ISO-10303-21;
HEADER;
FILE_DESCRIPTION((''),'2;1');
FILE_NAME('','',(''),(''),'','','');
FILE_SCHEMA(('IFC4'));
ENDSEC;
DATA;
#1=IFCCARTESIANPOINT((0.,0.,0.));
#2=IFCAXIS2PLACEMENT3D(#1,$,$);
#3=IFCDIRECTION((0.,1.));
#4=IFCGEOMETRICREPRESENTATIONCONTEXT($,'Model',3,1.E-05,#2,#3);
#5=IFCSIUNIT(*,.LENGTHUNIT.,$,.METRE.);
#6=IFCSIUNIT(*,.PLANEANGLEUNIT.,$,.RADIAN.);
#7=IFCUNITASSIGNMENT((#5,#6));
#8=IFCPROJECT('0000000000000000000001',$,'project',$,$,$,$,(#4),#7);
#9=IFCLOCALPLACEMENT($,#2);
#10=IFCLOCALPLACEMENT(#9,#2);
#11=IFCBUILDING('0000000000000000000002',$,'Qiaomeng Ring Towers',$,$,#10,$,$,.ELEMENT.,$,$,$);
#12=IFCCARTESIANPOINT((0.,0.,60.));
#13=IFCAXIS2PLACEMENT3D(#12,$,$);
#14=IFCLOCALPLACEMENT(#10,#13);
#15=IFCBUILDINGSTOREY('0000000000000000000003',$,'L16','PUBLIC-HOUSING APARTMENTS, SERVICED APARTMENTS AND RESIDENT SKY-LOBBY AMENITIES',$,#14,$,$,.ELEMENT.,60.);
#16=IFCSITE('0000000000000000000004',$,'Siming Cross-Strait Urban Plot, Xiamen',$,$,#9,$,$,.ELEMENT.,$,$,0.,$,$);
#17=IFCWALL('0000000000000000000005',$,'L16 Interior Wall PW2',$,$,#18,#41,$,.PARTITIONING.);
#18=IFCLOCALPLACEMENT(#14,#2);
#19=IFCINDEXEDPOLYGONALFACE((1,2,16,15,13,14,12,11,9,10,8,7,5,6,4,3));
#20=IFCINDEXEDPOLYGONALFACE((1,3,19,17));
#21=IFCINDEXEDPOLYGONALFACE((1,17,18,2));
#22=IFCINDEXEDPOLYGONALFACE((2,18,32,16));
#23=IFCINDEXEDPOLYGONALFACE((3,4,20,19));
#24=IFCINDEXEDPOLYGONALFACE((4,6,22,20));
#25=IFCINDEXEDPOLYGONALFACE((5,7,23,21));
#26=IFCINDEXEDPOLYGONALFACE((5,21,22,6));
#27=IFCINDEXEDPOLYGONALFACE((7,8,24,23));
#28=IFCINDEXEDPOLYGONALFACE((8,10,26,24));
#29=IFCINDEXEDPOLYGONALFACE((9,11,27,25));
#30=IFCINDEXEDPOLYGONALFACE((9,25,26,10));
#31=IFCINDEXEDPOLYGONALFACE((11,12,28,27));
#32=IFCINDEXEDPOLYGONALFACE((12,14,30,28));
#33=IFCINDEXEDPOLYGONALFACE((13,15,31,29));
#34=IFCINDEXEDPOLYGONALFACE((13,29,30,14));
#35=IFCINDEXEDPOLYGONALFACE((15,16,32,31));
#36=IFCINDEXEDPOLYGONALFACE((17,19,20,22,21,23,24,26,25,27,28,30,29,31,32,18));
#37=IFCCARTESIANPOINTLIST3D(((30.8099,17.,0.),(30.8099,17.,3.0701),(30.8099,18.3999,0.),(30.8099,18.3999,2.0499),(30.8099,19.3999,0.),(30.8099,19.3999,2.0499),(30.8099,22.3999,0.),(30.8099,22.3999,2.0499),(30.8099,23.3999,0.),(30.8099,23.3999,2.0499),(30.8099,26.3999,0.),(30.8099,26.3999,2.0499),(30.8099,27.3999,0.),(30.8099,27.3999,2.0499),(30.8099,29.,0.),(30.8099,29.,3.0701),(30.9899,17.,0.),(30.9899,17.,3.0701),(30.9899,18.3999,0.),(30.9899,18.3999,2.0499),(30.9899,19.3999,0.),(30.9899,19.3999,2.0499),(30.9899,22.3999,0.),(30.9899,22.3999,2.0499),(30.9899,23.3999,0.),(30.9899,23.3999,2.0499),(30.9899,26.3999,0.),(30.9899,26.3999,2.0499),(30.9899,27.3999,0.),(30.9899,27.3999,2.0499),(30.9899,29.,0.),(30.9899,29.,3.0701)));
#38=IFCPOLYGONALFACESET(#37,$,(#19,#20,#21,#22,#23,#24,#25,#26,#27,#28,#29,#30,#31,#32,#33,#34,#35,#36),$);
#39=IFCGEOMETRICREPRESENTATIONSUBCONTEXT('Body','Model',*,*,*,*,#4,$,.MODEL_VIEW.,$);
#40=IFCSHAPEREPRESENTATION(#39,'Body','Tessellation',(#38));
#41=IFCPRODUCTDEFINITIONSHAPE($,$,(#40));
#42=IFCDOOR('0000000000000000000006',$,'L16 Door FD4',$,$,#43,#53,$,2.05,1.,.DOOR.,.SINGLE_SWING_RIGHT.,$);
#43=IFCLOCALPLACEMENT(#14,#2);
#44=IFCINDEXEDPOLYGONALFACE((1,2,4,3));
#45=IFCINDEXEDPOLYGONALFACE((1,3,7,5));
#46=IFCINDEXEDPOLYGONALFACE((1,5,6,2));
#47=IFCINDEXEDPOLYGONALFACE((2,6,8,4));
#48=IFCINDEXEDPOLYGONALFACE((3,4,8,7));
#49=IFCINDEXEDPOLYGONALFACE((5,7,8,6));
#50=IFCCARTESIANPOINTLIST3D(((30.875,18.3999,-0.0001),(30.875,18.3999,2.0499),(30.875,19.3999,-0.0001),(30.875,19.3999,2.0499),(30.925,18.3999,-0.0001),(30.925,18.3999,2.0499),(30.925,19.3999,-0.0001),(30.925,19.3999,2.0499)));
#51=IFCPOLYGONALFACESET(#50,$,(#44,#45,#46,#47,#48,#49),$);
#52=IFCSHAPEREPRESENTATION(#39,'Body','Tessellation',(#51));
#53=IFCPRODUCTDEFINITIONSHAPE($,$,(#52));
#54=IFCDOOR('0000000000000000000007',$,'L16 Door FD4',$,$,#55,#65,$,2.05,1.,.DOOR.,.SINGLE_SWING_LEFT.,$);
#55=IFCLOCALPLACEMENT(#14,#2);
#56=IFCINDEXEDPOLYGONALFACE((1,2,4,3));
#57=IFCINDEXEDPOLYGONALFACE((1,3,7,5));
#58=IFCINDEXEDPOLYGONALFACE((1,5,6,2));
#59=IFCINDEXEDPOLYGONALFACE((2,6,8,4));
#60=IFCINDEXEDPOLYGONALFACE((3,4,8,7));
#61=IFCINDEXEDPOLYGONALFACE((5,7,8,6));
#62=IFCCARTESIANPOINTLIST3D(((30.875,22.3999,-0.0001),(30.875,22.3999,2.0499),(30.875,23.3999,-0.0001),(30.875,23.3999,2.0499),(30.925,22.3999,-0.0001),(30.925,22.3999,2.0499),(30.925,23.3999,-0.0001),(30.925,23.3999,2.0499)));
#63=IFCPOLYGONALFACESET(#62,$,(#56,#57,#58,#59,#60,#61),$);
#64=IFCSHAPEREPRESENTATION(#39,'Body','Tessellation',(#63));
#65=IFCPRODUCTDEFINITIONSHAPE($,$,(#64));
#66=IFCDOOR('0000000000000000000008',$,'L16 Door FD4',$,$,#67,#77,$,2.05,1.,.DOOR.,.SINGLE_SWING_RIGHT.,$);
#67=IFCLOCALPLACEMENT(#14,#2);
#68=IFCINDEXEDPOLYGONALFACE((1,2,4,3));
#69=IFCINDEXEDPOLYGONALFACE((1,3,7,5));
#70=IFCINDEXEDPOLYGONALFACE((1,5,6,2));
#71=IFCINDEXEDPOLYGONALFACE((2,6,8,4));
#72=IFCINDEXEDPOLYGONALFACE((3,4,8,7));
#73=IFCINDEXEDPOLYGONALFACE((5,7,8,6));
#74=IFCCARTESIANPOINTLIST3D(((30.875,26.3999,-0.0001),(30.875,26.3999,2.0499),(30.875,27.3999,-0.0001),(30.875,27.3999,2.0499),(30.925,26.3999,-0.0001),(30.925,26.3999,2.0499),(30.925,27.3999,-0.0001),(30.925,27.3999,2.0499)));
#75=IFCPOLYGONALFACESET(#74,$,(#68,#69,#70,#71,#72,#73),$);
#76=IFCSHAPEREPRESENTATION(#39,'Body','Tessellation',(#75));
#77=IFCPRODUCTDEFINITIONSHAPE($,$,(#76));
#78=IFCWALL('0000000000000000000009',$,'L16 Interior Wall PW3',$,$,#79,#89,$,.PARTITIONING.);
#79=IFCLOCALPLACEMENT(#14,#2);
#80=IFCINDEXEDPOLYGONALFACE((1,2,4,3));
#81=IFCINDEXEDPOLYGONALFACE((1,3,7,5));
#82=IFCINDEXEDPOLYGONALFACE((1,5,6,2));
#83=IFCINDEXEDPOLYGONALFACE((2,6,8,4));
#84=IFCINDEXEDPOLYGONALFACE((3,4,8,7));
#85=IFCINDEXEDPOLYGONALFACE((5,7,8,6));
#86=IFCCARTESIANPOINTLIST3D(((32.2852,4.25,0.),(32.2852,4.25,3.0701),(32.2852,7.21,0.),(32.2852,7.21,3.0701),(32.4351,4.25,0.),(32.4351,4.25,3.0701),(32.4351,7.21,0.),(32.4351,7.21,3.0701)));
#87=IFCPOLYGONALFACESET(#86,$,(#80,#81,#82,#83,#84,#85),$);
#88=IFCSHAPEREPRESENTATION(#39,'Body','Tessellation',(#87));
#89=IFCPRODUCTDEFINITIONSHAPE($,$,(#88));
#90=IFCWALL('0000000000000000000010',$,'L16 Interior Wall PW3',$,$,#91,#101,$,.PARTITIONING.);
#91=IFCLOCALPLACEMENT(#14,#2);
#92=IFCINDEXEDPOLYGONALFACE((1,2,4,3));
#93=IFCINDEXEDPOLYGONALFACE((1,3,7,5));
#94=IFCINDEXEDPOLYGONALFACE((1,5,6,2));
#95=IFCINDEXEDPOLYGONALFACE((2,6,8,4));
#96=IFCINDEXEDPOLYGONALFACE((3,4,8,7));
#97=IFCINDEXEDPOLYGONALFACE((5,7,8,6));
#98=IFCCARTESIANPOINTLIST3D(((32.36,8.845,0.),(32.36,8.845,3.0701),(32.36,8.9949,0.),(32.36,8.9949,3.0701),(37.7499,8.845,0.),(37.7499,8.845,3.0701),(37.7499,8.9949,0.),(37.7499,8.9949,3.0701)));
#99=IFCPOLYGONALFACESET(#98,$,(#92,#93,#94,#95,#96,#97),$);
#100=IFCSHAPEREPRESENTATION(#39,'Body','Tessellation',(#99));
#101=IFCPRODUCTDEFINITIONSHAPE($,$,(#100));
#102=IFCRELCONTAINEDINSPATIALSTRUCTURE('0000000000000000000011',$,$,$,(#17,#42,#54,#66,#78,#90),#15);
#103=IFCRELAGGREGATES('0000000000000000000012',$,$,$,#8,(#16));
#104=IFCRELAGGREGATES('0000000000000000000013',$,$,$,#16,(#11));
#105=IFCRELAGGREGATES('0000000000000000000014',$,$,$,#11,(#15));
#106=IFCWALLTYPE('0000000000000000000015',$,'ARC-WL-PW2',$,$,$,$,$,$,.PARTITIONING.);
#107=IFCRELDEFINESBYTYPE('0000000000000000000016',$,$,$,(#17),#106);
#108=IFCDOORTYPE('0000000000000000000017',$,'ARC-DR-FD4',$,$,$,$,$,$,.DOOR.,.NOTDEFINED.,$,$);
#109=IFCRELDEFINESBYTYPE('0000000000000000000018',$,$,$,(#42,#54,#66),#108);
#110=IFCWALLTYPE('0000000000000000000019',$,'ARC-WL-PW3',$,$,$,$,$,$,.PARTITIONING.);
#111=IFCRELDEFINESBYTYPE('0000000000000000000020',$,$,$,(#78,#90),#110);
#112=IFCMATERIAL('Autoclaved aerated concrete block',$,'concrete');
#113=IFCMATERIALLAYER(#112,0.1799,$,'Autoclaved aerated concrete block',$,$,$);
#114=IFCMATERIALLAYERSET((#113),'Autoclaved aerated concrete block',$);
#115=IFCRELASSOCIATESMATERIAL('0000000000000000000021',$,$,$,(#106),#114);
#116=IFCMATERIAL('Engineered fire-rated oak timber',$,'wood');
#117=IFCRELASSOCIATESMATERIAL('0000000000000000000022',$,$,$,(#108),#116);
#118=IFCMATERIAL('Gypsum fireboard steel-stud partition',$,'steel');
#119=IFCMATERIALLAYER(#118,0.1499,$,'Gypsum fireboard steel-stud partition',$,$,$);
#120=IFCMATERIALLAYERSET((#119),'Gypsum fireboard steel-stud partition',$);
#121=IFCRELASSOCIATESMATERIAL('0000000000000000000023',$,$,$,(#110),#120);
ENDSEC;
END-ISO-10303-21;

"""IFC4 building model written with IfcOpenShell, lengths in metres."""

from ifc_helpers import new_model, si_unit, direction, frame, frame_2d, origin, place, context, subcontext, project, spatial, rectangle, extrude, source, transform, mapped, material, layer, layer_set, type_object, element, fill, save


model = new_model("IFC4")

# Units and contexts
model_context = context("Model", 3, precision=1e-05, world=origin(), true_north=direction((0.0, 1.0)))
body_context = subcontext(model_context, "Body", "Model", "MODEL_VIEW")
ifc_project = project(units=[si_unit("LENGTHUNIT", "METRE"), si_unit("PLANEANGLEUNIT", "RADIAN")], contexts=[model_context])

# Site, building, storey
site_placement = place(None, origin())
site = spatial("IfcSite", under=ifc_project, at=site_placement, Name="Siming Cross-Strait Urban Plot, Xiamen", CompositionType="ELEMENT", RefElevation=0.0)
building_placement = place(site_placement, origin())
building = spatial("IfcBuilding", under=site, at=building_placement, Name="Qiaomeng Ring Towers", CompositionType="ELEMENT")
storey_placement = place(building_placement, frame((0.0, 0.0, 60.0)))
storey = spatial("IfcBuildingStorey", under=building, at=storey_placement, Name="L16", Description="PUBLIC-HOUSING APARTMENTS, SERVICED APARTMENTS AND RESIDENT SKY-LOBBY AMENITIES", CompositionType="ELEMENT", Elevation=60.0)

# Wall, openings, doors
ifc_material_1 = material(Name="Autoclaved aerated concrete block", Category="concrete")
ifc_layer_1 = layer(ifc_material_1, 0.1799, Name="Autoclaved aerated concrete block")
ifc_layer_set_1 = layer_set([ifc_layer_1], Name="Autoclaved aerated concrete block")
wall_type_1 = type_object("IfcWallType", Name="ARC-WL-PW2", PredefinedType="PARTITIONING", material=ifc_layer_set_1)
ifc_material_2 = material(Name="Engineered fire-rated oak timber", Category="wood")
door_type_1 = type_object("IfcDoorType", Name="ARC-DR-FD4", OperationType="NOTDEFINED", PredefinedType="DOOR", material=ifc_material_2)
shared_shape_1 = source(origin(), body_context, "Body", "SweptSolid", [
    extrude(rectangle(XDim=1.0, YDim=2.05, at=frame_2d((0.5, 1.0249))), frame((0.0, 0.0249, 0.0), z_axis=(0.0, -1.0, 0.0), x_axis=(1.0, 0.0, 0.0)), (0.0, 0.0, 1.0), 0.05),
])
wall_1_placement = place(storey_placement, frame((30.8999, 17.0, 0.0), z_axis=(0.0, 0.0, 1.0), x_axis=(0.0, 1.0, 0.0)))
wall_1 = element("IfcWall", 1, at=wall_1_placement, inside=storey, type_object=wall_type_1, Name="L16 Interior Wall PW2", PredefinedType="PARTITIONING", context=body_context, shape_type="SweptSolid", body=[
    extrude(rectangle(XDim=12.0, YDim=0.1799, at=frame_2d((6.0, 0.0))), origin(), (0.0, 0.0, 1.0), 3.0701),
])
opening_1_placement = place(wall_1_placement, frame((1.3999, 0.0, 0.0)))
opening_1 = element("IfcOpeningElement", 2, at=opening_1_placement, cuts=wall_1, PredefinedType="OPENING", context=body_context, shape_type="SweptSolid", body=[
    extrude(rectangle(XDim=1.0, YDim=2.05, at=frame_2d((0.5, 1.0249))), frame((0.0, 0.0999, 0.0), z_axis=(0.0, -1.0, 0.0), x_axis=(1.0, 0.0, 0.0)), (0.0, 0.0, 1.0), 0.2),
])
opening_2_placement = place(wall_1_placement, frame((5.3999, 0.0, 0.0)))
opening_2 = element("IfcOpeningElement", 3, at=opening_2_placement, cuts=wall_1, PredefinedType="OPENING", context=body_context, shape_type="SweptSolid", body=[
    extrude(rectangle(XDim=1.0, YDim=2.05, at=frame_2d((0.5, 1.0249))), frame((0.0, 0.0999, 0.0), z_axis=(0.0, -1.0, 0.0), x_axis=(1.0, 0.0, 0.0)), (0.0, 0.0, 1.0), 0.2),
])
opening_3_placement = place(wall_1_placement, frame((9.3999, 0.0, 0.0)))
opening_3 = element("IfcOpeningElement", 4, at=opening_3_placement, cuts=wall_1, PredefinedType="OPENING", context=body_context, shape_type="SweptSolid", body=[
    extrude(rectangle(XDim=1.0, YDim=2.05, at=frame_2d((0.5, 1.0249))), frame((0.0, 0.0999, 0.0), z_axis=(0.0, -1.0, 0.0), x_axis=(1.0, 0.0, 0.0)), (0.0, 0.0, 1.0), 0.2),
])
door_1_placement = place(opening_1_placement, origin())
door_1 = element("IfcDoor", 5, at=door_1_placement, inside=storey, type_object=door_type_1, Name="L16 Door FD4", OperationType="SINGLE_SWING_RIGHT", OverallHeight=2.05, OverallWidth=1.0, PredefinedType="DOOR", context=body_context, shape_type="MappedRepresentation", body=[
    mapped(shared_shape_1, transform((0.0, 0.0, 0.0), x_axis=(1.0, 0.0, 0.0), y_axis=(0.0, 1.0, 0.0), z_axis=(0.0, 0.0, 1.0), scale=1.0)),
])
fill(opening_1, door_1)
door_2_placement = place(opening_2_placement, origin())
door_2 = element("IfcDoor", 6, at=door_2_placement, inside=storey, type_object=door_type_1, Name="L16 Door FD4", OperationType="SINGLE_SWING_LEFT", OverallHeight=2.05, OverallWidth=1.0, PredefinedType="DOOR", context=body_context, shape_type="MappedRepresentation", body=[
    mapped(shared_shape_1, transform((0.0, 0.0, 0.0), x_axis=(1.0, 0.0, 0.0), y_axis=(0.0, 1.0, 0.0), z_axis=(0.0, 0.0, 1.0), scale=1.0)),
])
fill(opening_2, door_2)
door_3_placement = place(opening_3_placement, origin())
door_3 = element("IfcDoor", 7, at=door_3_placement, inside=storey, type_object=door_type_1, Name="L16 Door FD4", OperationType="SINGLE_SWING_RIGHT", OverallHeight=2.05, OverallWidth=1.0, PredefinedType="DOOR", context=body_context, shape_type="MappedRepresentation", body=[
    mapped(shared_shape_1, transform((0.0, 0.0, 0.0), x_axis=(1.0, 0.0, 0.0), y_axis=(0.0, 1.0, 0.0), z_axis=(0.0, 0.0, 1.0), scale=1.0)),
])
fill(opening_3, door_3)

# Walls
ifc_material_3 = material(Name="Gypsum fireboard steel-stud partition", Category="steel")
ifc_layer_2 = layer(ifc_material_3, 0.1499, Name="Gypsum fireboard steel-stud partition")
ifc_layer_set_2 = layer_set([ifc_layer_2], Name="Gypsum fireboard steel-stud partition")
wall_type_2 = type_object("IfcWallType", Name="ARC-WL-PW3", PredefinedType="PARTITIONING", material=ifc_layer_set_2)
wall_2_placement = place(storey_placement, frame((32.3601, 4.25, 0.0), z_axis=(0.0, 0.0, 1.0), x_axis=(0.0, 1.0, 0.0)))
element("IfcWall", 8, at=wall_2_placement, inside=storey, type_object=wall_type_2, Name="L16 Interior Wall PW3", PredefinedType="PARTITIONING", context=body_context, shape_type="SweptSolid", body=[
    extrude(rectangle(XDim=2.96, YDim=0.1499, at=frame_2d((1.48, 0.0))), origin(), (0.0, 0.0, 1.0), 3.0701),
])
wall_3_placement = place(storey_placement, frame((32.3601, 8.9199, 0.0), z_axis=(0.0, 0.0, 1.0), x_axis=(1.0, 0.0, 0.0)))
element("IfcWall", 9, at=wall_3_placement, inside=storey, type_object=wall_type_2, Name="L16 Interior Wall PW3", PredefinedType="PARTITIONING", context=body_context, shape_type="SweptSolid", body=[
    extrude(rectangle(XDim=5.3899, YDim=0.1499, at=frame_2d((2.6948, 0.0))), origin(), (0.0, 0.0, 1.0), 3.0701),
])

save(model, "model.ifc")
